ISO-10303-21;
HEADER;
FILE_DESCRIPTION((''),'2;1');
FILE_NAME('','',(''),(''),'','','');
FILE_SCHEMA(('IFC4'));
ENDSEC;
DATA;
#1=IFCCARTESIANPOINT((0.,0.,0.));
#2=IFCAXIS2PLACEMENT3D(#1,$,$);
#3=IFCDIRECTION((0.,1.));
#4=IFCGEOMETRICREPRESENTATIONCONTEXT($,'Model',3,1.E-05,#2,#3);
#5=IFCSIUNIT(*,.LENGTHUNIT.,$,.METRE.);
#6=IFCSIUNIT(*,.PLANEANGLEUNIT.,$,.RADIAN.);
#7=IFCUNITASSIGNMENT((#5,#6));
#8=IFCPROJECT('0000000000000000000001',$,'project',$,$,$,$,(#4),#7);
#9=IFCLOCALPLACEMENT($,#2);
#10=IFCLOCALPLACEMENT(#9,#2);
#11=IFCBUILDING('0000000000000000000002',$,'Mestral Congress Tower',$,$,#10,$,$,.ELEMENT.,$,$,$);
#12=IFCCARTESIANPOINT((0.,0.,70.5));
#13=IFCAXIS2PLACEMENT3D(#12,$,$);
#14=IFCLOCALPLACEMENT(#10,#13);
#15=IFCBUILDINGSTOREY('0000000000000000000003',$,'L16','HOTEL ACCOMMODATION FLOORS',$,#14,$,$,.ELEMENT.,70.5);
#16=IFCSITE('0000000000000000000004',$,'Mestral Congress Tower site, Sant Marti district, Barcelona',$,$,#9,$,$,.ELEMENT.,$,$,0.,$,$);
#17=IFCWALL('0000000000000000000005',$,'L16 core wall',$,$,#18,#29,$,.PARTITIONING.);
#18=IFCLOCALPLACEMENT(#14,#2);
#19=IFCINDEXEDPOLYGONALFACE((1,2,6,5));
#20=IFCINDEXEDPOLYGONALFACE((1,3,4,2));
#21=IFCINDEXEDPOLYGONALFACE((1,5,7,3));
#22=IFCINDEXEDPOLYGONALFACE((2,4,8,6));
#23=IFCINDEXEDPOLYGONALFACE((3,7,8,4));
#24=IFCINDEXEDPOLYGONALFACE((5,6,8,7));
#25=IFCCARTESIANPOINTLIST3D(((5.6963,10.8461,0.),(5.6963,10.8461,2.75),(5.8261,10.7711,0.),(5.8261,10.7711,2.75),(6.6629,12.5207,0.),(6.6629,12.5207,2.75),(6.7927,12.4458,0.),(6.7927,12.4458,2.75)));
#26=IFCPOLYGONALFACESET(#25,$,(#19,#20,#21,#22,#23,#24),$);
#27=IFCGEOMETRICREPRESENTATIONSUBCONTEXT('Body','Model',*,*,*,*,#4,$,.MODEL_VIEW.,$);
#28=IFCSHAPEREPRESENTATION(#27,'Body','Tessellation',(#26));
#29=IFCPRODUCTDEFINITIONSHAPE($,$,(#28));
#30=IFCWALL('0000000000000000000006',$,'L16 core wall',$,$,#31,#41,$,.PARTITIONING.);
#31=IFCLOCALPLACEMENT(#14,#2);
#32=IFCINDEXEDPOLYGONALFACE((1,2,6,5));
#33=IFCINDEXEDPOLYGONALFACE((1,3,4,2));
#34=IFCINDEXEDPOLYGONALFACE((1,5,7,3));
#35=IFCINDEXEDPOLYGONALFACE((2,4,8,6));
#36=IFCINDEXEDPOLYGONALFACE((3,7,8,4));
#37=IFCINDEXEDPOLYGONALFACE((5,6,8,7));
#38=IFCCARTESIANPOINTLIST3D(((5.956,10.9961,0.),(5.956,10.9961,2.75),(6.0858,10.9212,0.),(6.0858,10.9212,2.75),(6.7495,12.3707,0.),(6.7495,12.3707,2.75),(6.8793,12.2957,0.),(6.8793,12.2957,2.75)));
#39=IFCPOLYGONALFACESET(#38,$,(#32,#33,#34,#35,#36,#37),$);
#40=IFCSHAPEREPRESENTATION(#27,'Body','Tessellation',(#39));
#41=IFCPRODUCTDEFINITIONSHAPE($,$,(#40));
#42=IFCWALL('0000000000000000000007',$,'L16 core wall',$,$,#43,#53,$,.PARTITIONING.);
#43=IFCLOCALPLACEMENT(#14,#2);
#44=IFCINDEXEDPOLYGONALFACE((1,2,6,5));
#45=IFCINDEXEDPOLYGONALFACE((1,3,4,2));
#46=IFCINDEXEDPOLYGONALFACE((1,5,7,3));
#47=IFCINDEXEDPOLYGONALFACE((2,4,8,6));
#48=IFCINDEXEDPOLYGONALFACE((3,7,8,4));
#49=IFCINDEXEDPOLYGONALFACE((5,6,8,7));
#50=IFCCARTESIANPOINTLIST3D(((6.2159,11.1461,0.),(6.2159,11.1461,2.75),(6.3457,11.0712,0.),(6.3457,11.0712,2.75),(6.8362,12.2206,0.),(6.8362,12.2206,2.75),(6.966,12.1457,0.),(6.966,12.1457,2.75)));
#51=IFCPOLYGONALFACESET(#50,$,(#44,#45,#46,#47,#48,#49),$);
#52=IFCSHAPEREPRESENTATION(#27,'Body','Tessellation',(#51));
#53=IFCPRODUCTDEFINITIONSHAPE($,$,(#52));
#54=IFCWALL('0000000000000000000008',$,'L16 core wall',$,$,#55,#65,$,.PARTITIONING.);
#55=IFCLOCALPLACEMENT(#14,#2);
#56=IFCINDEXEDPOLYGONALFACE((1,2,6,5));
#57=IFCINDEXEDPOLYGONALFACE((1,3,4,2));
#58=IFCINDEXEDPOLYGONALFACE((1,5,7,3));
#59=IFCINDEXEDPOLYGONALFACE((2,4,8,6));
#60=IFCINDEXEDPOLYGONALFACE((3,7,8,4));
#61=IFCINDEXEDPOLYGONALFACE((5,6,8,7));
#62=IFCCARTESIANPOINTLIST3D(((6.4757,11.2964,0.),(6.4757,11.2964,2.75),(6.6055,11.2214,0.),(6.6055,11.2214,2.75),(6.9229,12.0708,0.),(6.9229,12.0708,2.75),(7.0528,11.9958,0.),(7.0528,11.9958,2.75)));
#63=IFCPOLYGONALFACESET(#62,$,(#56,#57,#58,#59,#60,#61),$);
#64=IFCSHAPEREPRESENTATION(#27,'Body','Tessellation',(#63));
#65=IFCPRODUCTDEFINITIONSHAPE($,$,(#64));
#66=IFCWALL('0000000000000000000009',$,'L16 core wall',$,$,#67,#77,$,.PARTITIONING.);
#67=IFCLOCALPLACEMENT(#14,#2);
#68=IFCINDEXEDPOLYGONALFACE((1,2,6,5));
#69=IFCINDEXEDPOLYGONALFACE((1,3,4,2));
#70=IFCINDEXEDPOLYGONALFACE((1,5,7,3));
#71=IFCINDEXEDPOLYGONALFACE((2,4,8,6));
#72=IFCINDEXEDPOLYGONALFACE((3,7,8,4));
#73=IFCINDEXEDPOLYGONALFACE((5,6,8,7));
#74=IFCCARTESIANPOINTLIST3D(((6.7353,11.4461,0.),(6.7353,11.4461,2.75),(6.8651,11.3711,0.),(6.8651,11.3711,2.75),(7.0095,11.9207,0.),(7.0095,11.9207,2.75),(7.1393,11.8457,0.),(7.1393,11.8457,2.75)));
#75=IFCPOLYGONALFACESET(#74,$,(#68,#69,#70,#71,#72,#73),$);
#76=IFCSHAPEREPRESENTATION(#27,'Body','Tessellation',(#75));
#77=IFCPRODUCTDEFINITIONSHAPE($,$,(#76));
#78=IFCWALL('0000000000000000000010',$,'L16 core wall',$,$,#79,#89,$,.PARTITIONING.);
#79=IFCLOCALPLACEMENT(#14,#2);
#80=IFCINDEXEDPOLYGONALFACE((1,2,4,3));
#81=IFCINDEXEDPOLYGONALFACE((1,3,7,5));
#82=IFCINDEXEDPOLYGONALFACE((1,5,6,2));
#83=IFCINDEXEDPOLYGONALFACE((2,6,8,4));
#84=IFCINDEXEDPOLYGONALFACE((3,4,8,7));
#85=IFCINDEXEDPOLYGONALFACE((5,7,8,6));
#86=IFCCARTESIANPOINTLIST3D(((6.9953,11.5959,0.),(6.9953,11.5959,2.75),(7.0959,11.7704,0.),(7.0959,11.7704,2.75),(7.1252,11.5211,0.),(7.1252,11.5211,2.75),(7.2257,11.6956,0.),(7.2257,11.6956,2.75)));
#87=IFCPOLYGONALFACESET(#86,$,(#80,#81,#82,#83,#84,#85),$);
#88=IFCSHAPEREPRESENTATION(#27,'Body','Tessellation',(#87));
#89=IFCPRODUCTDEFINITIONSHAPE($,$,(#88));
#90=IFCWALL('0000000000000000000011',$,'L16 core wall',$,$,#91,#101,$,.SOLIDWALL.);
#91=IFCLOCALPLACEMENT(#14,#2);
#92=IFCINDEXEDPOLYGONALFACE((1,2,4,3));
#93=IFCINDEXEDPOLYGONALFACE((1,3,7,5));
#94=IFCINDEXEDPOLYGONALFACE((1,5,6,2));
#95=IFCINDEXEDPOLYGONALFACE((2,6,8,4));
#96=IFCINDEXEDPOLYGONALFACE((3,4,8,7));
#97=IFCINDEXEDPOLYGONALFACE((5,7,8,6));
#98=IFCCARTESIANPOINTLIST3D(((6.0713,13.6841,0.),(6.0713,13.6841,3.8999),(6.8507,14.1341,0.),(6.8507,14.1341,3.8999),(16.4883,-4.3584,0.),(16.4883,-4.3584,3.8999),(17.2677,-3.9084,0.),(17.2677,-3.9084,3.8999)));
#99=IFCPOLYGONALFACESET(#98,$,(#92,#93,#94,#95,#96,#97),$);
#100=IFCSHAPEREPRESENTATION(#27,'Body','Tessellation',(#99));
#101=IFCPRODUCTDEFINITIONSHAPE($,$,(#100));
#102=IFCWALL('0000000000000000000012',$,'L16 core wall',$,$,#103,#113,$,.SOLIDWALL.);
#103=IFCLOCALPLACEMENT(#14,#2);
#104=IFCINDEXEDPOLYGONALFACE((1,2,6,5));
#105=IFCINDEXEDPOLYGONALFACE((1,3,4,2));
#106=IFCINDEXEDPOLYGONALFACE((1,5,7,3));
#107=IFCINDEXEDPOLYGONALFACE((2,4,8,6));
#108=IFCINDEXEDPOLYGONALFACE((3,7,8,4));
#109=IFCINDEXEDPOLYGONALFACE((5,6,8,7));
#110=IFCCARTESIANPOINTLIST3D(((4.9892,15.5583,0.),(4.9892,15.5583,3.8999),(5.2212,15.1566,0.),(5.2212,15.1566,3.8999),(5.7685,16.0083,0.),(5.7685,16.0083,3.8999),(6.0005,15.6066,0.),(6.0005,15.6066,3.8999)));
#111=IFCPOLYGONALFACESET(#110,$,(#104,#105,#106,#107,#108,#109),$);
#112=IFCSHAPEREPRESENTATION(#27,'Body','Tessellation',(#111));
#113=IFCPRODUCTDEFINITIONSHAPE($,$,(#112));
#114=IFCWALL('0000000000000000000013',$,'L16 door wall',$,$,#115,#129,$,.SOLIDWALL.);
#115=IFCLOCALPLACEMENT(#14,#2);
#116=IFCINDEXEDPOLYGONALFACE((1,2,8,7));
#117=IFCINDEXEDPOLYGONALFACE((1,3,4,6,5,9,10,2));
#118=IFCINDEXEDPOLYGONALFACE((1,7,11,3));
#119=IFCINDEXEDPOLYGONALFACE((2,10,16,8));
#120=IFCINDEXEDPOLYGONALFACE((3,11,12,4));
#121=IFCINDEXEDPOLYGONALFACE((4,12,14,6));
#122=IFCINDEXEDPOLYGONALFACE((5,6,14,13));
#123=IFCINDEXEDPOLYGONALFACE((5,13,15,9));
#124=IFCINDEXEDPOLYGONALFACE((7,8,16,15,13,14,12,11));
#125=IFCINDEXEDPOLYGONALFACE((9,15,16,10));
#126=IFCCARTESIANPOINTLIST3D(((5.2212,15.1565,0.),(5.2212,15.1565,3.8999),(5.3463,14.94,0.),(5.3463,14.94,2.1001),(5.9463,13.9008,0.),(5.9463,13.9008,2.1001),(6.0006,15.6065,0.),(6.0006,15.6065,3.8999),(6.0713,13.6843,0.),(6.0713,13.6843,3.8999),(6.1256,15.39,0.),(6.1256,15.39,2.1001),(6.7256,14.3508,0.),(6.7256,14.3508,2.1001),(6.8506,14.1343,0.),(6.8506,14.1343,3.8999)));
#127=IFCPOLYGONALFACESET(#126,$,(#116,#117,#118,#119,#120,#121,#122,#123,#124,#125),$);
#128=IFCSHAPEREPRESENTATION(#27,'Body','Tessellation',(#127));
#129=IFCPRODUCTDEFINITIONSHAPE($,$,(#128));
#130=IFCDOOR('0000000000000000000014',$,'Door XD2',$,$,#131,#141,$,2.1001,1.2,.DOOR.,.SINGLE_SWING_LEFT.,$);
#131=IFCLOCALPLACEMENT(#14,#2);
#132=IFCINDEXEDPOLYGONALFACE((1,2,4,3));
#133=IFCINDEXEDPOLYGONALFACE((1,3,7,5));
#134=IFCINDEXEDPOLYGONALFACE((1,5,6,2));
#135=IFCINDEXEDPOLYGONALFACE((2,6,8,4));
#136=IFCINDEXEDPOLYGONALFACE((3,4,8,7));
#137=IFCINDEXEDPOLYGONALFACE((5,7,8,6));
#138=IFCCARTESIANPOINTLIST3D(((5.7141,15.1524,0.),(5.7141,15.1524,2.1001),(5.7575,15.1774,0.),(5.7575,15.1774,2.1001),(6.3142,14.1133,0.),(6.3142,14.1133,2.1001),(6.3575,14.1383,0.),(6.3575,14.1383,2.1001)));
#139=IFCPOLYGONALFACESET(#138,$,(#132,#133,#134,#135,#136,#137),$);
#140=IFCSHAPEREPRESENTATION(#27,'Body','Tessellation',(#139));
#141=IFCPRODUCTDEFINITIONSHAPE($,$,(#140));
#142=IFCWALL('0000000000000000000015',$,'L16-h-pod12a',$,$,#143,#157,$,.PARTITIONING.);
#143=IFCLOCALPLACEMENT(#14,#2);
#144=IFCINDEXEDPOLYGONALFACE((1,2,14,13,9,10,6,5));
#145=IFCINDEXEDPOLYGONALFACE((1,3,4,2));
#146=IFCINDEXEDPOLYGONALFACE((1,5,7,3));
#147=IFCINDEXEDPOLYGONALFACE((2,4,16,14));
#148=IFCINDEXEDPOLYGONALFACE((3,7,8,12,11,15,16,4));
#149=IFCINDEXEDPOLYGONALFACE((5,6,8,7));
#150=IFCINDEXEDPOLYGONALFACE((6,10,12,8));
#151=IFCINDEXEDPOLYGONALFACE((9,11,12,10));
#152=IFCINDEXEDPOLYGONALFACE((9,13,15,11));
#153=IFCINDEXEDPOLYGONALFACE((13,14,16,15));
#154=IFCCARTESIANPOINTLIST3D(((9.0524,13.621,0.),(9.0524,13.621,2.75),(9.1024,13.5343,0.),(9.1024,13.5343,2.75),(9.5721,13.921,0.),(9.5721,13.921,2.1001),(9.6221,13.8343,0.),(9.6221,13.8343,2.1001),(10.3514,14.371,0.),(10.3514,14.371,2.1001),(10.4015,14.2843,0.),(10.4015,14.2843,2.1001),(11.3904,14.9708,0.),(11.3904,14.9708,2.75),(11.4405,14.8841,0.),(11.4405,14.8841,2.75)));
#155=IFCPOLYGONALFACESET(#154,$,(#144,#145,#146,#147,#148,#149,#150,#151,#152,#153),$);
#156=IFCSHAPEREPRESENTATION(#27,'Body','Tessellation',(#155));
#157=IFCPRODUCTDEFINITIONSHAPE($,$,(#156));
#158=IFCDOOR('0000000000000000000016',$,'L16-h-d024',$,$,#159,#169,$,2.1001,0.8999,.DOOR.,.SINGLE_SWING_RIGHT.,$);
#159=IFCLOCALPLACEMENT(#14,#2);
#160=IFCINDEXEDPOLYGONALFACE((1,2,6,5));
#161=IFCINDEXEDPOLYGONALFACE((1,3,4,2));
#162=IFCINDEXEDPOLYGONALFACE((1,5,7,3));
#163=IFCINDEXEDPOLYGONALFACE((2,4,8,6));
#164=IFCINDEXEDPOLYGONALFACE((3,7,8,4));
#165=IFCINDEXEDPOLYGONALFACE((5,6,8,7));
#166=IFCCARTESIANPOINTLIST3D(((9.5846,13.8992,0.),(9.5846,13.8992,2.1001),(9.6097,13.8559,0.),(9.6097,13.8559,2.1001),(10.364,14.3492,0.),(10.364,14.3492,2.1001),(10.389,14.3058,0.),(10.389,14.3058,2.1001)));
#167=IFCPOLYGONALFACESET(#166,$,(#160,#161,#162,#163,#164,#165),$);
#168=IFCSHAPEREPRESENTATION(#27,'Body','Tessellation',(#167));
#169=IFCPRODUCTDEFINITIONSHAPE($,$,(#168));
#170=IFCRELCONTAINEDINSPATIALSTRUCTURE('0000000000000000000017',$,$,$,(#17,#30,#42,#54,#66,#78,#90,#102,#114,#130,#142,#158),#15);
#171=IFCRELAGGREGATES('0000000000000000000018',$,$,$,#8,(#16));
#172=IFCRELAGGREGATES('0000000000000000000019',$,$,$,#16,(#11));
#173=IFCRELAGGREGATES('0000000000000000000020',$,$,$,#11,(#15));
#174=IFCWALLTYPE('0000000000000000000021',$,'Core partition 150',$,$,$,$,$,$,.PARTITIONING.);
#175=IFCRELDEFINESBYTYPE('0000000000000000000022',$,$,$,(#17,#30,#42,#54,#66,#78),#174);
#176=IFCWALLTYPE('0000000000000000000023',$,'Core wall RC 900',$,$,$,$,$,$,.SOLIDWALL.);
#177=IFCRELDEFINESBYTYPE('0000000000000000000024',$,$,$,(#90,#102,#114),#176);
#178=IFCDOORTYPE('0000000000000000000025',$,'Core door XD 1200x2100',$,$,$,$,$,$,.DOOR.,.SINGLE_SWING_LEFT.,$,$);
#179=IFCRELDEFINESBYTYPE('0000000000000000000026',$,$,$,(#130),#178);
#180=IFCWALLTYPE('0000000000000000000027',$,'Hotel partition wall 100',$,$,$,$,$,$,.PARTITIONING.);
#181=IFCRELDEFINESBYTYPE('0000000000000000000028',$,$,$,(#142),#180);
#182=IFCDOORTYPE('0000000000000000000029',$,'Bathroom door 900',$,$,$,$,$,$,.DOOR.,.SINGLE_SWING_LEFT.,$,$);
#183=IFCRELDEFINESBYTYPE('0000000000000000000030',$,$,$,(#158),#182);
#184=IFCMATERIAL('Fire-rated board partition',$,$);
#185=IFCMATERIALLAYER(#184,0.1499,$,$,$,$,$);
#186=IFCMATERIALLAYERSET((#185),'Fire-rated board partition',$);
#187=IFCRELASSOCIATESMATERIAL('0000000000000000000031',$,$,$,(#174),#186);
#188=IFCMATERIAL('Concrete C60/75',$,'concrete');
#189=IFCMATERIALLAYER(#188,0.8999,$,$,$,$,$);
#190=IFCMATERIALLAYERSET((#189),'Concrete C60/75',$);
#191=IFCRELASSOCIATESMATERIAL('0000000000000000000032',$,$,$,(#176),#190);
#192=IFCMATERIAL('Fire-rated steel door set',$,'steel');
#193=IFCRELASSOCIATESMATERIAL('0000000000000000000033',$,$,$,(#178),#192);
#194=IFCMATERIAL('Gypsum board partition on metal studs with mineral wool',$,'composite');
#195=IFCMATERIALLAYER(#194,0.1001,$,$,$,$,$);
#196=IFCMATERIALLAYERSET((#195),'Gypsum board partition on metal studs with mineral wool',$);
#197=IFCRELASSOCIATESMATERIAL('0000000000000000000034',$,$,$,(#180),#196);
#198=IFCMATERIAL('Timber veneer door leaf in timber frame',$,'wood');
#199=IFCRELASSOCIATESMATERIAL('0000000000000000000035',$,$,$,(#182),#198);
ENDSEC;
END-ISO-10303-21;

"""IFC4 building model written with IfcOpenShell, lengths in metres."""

from ifc_helpers import new_model, si_unit, direction, frame, frame_2d, origin, place, context, subcontext, project, spatial, rectangle, extrude, material, layer, layer_set, type_object, element, fill, save


model = new_model("IFC4")

# Units and contexts
model_context = context("Model", 3, precision=1e-05, world=origin(), true_north=direction((0.0, 1.0)))
body_context = subcontext(model_context, "Body", "Model", "MODEL_VIEW")
ifc_project = project(units=[si_unit("LENGTHUNIT", "METRE"), si_unit("PLANEANGLEUNIT", "RADIAN")], contexts=[model_context])

# Site, building, storey
site_placement = place(None, origin())
site = spatial("IfcSite", under=ifc_project, at=site_placement, Name="Mestral Congress Tower site, Sant Marti district, Barcelona", CompositionType="ELEMENT", RefElevation=0.0)
building_placement = place(site_placement, origin())
building = spatial("IfcBuilding", under=site, at=building_placement, Name="Mestral Congress Tower", CompositionType="ELEMENT")
storey_placement = place(building_placement, frame((0.0, 0.0, 70.5)))
storey = spatial("IfcBuildingStorey", under=building, at=storey_placement, Name="L16", Description="HOTEL ACCOMMODATION FLOORS", CompositionType="ELEMENT", Elevation=70.5)

# Walls
ifc_material_1 = material(Name="Fire-rated board partition")
ifc_layer_1 = layer(ifc_material_1, 0.1499)
ifc_layer_set_1 = layer_set([ifc_layer_1], Name="Fire-rated board partition")
wall_type_1 = type_object("IfcWallType", Name="Core partition 150", PredefinedType="PARTITIONING", material=ifc_layer_set_1)
wall_1_placement = place(storey_placement, frame((5.7612, 10.8086, 0.0), z_axis=(0.0, 0.0, 1.0), x_axis=(0.499901, 0.866083, 0.0)))
element("IfcWall", 1, at=wall_1_placement, inside=storey, type_object=wall_type_1, Name="L16 core wall", PredefinedType="PARTITIONING", context=body_context, shape_type="SweptSolid", body=[
    extrude(rectangle(XDim=1.9336, YDim=0.1499, at=frame_2d((0.9668, 0.0))), origin(), (0.0, 0.0, 1.0), 2.75),
])
wall_2_placement = place(storey_placement, frame((6.021, 10.9587, 0.0), z_axis=(0.0, 0.0, 1.0), x_axis=(0.499944, 0.866058, 0.0)))
element("IfcWall", 2, at=wall_2_placement, inside=storey, type_object=wall_type_1, Name="L16 core wall", PredefinedType="PARTITIONING", context=body_context, shape_type="SweptSolid", body=[
    extrude(rectangle(XDim=1.5872, YDim=0.1499, at=frame_2d((0.7935, 0.0))), origin(), (0.0, 0.0, 1.0), 2.75),
])
wall_3_placement = place(storey_placement, frame((6.2808, 11.1086, 0.0), z_axis=(0.0, 0.0, 1.0), x_axis=(0.500012, 0.866018, 0.0)))
element("IfcWall", 3, at=wall_3_placement, inside=storey, type_object=wall_type_1, Name="L16 core wall", PredefinedType="PARTITIONING", context=body_context, shape_type="SweptSolid", body=[
    extrude(rectangle(XDim=1.2407, YDim=0.1499, at=frame_2d((0.6204, 0.0))), origin(), (0.0, 0.0, 1.0), 2.75),
])
wall_4_placement = place(storey_placement, frame((6.5405, 11.2588, 0.0), z_axis=(0.0, 0.0, 1.0), x_axis=(0.500132, 0.865949, 0.0)))
element("IfcWall", 4, at=wall_4_placement, inside=storey, type_object=wall_type_1, Name="L16 core wall", PredefinedType="PARTITIONING", context=body_context, shape_type="SweptSolid", body=[
    extrude(rectangle(XDim=0.8943, YDim=0.1499, at=frame_2d((0.4473, 0.0))), origin(), (0.0, 0.0, 1.0), 2.75),
])
wall_5_placement = place(storey_placement, frame((6.8003, 11.4087, 0.0), z_axis=(0.0, 0.0, 1.0), x_axis=(0.500211, 0.865904, 0.0)))
element("IfcWall", 5, at=wall_5_placement, inside=storey, type_object=wall_type_1, Name="L16 core wall", PredefinedType="PARTITIONING", context=body_context, shape_type="SweptSolid", body=[
    extrude(rectangle(XDim=0.5481, YDim=0.1499, at=frame_2d((0.2739, 0.0))), origin(), (0.0, 0.0, 1.0), 2.75),
])
wall_6_placement = place(storey_placement, frame((7.0603, 11.5586, 0.0), z_axis=(0.0, 0.0, 1.0), x_axis=(0.499268, 0.866448, 0.0)))
element("IfcWall", 6, at=wall_6_placement, inside=storey, type_object=wall_type_1, Name="L16 core wall", PredefinedType="PARTITIONING", context=body_context, shape_type="SweptSolid", body=[
    extrude(rectangle(XDim=0.2014, YDim=0.1499, at=frame_2d((0.1006, 0.0))), origin(), (0.0, 0.0, 1.0), 2.75),
])
ifc_material_2 = material(Name="Concrete C60/75", Category="concrete")
ifc_layer_2 = layer(ifc_material_2, 0.8999)
ifc_layer_set_2 = layer_set([ifc_layer_2], Name="Concrete C60/75")
wall_type_2 = type_object("IfcWallType", Name="Core wall RC 900", PredefinedType="SOLIDWALL", material=ifc_layer_set_2)
wall_7_placement = place(storey_placement, frame((6.4609, 13.9092, 0.0), z_axis=(0.0, 0.0, 1.0), x_axis=(0.500006, -0.866022, 0.0)))
element("IfcWall", 7, at=wall_7_placement, inside=storey, type_object=wall_type_2, Name="L16 core wall", PredefinedType="SOLIDWALL", context=body_context, shape_type="SweptSolid", body=[
    extrude(rectangle(XDim=20.8337, YDim=0.8999, at=frame_2d((10.417, 0.0))), origin(), (0.0, 0.0, 1.0), 3.8999),
])
wall_8_placement = place(storey_placement, frame((5.6108, 15.3816, 0.0), z_axis=(0.0, 0.0, 1.0), x_axis=(-0.500102, 0.865966, 0.0)))
element("IfcWall", 8, at=wall_8_placement, inside=storey, type_object=wall_type_2, Name="L16 core wall", PredefinedType="SOLIDWALL", context=body_context, shape_type="SweptSolid", body=[
    extrude(rectangle(XDim=0.4639, YDim=0.8999, at=frame_2d((0.2319, 0.0))), origin(), (0.0, 0.0, 1.0), 3.8999),
])

# Walls, openings, doors
wall_9_placement = place(storey_placement, frame((5.6108, 15.3816, 0.0), z_axis=(0.0, 0.0, 1.0), x_axis=(0.500062, -0.865989, 0.0)))
wall_9 = element("IfcWall", 9, at=wall_9_placement, inside=storey, type_object=wall_type_2, Name="L16 door wall", PredefinedType="SOLIDWALL", context=body_context, shape_type="SweptSolid", body=[
    extrude(rectangle(XDim=1.7, YDim=0.8999, at=frame_2d((0.8501, 0.0))), origin(), (0.0, 0.0, 1.0), 3.8999),
])
opening_1_placement = place(wall_9_placement, frame((0.25, 0.0, 0.0)))
opening_1 = element("IfcOpeningElement", 10, at=opening_1_placement, cuts=wall_9, PredefinedType="OPENING", context=body_context, shape_type="SweptSolid", body=[
    extrude(rectangle(XDim=1.2, YDim=2.1001, at=frame_2d((0.6001, 1.05))), frame((0.0, 0.46, 0.0), z_axis=(0.0, -1.0, 0.0), x_axis=(1.0, 0.0, 0.0)), (0.0, 0.0, 1.0), 0.9199),
])
ifc_material_3 = material(Name="Fire-rated steel door set", Category="steel")
door_type_1 = type_object("IfcDoorType", Name="Core door XD 1200x2100", OperationType="SINGLE_SWING_LEFT", PredefinedType="DOOR", material=ifc_material_3)
door_1_placement = place(opening_1_placement, origin())
door_1 = element("IfcDoor", 11, at=door_1_placement, inside=storey, type_object=door_type_1, Name="Door XD2", OperationType="SINGLE_SWING_LEFT", OverallHeight=2.1001, OverallWidth=1.2, PredefinedType="DOOR", context=body_context, shape_type="SweptSolid", body=[
    extrude(rectangle(XDim=1.2, YDim=2.1001, at=frame_2d((0.6001, 1.05))), frame((0.0, 0.0249, 0.0), z_axis=(0.0, -1.0, 0.0), x_axis=(1.0, 0.0, 0.0)), (0.0, 0.0, 1.0), 0.05),
])
fill(opening_1, door_1)
ifc_material_4 = material(Name="Gypsum board partition on metal studs with mineral wool", Category="composite")
ifc_layer_3 = layer(ifc_material_4, 0.1001)
ifc_layer_set_3 = layer_set([ifc_layer_3], Name="Gypsum board partition on metal studs with mineral wool")
wall_type_3 = type_object("IfcWallType", Name="Hotel partition wall 100", PredefinedType="PARTITIONING", material=ifc_layer_set_3)
wall_10_placement = place(storey_placement, frame((9.0774, 13.5776, 0.0), z_axis=(0.0, 0.0, 1.0), x_axis=(0.866037, 0.499981, 0.0)))
wall_10 = element("IfcWall", 12, at=wall_10_placement, inside=storey, type_object=wall_type_3, Name="L16-h-pod12a", PredefinedType="PARTITIONING", context=body_context, shape_type="SweptSolid", body=[
    extrude(rectangle(XDim=2.6997, YDim=0.1001, at=frame_2d((1.3499, 0.0))), origin(), (0.0, 0.0, 1.0), 2.75),
])
opening_2_placement = place(wall_10_placement, frame((0.6001, 0.0, 0.0)))
opening_2 = element("IfcOpeningElement", 13, at=opening_2_placement, cuts=wall_10, PredefinedType="OPENING", context=body_context, shape_type="SweptSolid", body=[
    extrude(rectangle(XDim=0.8999, YDim=2.1001, at=frame_2d((0.45, 1.05))), frame((0.0, 0.0601, 0.0), z_axis=(0.0, -1.0, 0.0), x_axis=(1.0, 0.0, 0.0)), (0.0, 0.0, 1.0), 0.1201),
])
ifc_material_5 = material(Name="Timber veneer door leaf in timber frame", Category="wood")
door_type_2 = type_object("IfcDoorType", Name="Bathroom door 900", OperationType="SINGLE_SWING_LEFT", PredefinedType="DOOR", material=ifc_material_5)
door_2_placement = place(opening_2_placement, origin())
door_2 = element("IfcDoor", 14, at=door_2_placement, inside=storey, type_object=door_type_2, Name="L16-h-d024", OperationType="SINGLE_SWING_RIGHT", OverallHeight=2.1001, OverallWidth=0.8999, PredefinedType="DOOR", context=body_context, shape_type="SweptSolid", body=[
    extrude(rectangle(XDim=0.8999, YDim=2.1001, at=frame_2d((0.45, 1.05))), frame((0.0, 0.0249, 0.0), z_axis=(0.0, -1.0, 0.0), x_axis=(1.0, 0.0, 0.0)), (0.0, 0.0, 1.0), 0.05),
])
fill(opening_2, door_2)

save(model, "model.ifc")
